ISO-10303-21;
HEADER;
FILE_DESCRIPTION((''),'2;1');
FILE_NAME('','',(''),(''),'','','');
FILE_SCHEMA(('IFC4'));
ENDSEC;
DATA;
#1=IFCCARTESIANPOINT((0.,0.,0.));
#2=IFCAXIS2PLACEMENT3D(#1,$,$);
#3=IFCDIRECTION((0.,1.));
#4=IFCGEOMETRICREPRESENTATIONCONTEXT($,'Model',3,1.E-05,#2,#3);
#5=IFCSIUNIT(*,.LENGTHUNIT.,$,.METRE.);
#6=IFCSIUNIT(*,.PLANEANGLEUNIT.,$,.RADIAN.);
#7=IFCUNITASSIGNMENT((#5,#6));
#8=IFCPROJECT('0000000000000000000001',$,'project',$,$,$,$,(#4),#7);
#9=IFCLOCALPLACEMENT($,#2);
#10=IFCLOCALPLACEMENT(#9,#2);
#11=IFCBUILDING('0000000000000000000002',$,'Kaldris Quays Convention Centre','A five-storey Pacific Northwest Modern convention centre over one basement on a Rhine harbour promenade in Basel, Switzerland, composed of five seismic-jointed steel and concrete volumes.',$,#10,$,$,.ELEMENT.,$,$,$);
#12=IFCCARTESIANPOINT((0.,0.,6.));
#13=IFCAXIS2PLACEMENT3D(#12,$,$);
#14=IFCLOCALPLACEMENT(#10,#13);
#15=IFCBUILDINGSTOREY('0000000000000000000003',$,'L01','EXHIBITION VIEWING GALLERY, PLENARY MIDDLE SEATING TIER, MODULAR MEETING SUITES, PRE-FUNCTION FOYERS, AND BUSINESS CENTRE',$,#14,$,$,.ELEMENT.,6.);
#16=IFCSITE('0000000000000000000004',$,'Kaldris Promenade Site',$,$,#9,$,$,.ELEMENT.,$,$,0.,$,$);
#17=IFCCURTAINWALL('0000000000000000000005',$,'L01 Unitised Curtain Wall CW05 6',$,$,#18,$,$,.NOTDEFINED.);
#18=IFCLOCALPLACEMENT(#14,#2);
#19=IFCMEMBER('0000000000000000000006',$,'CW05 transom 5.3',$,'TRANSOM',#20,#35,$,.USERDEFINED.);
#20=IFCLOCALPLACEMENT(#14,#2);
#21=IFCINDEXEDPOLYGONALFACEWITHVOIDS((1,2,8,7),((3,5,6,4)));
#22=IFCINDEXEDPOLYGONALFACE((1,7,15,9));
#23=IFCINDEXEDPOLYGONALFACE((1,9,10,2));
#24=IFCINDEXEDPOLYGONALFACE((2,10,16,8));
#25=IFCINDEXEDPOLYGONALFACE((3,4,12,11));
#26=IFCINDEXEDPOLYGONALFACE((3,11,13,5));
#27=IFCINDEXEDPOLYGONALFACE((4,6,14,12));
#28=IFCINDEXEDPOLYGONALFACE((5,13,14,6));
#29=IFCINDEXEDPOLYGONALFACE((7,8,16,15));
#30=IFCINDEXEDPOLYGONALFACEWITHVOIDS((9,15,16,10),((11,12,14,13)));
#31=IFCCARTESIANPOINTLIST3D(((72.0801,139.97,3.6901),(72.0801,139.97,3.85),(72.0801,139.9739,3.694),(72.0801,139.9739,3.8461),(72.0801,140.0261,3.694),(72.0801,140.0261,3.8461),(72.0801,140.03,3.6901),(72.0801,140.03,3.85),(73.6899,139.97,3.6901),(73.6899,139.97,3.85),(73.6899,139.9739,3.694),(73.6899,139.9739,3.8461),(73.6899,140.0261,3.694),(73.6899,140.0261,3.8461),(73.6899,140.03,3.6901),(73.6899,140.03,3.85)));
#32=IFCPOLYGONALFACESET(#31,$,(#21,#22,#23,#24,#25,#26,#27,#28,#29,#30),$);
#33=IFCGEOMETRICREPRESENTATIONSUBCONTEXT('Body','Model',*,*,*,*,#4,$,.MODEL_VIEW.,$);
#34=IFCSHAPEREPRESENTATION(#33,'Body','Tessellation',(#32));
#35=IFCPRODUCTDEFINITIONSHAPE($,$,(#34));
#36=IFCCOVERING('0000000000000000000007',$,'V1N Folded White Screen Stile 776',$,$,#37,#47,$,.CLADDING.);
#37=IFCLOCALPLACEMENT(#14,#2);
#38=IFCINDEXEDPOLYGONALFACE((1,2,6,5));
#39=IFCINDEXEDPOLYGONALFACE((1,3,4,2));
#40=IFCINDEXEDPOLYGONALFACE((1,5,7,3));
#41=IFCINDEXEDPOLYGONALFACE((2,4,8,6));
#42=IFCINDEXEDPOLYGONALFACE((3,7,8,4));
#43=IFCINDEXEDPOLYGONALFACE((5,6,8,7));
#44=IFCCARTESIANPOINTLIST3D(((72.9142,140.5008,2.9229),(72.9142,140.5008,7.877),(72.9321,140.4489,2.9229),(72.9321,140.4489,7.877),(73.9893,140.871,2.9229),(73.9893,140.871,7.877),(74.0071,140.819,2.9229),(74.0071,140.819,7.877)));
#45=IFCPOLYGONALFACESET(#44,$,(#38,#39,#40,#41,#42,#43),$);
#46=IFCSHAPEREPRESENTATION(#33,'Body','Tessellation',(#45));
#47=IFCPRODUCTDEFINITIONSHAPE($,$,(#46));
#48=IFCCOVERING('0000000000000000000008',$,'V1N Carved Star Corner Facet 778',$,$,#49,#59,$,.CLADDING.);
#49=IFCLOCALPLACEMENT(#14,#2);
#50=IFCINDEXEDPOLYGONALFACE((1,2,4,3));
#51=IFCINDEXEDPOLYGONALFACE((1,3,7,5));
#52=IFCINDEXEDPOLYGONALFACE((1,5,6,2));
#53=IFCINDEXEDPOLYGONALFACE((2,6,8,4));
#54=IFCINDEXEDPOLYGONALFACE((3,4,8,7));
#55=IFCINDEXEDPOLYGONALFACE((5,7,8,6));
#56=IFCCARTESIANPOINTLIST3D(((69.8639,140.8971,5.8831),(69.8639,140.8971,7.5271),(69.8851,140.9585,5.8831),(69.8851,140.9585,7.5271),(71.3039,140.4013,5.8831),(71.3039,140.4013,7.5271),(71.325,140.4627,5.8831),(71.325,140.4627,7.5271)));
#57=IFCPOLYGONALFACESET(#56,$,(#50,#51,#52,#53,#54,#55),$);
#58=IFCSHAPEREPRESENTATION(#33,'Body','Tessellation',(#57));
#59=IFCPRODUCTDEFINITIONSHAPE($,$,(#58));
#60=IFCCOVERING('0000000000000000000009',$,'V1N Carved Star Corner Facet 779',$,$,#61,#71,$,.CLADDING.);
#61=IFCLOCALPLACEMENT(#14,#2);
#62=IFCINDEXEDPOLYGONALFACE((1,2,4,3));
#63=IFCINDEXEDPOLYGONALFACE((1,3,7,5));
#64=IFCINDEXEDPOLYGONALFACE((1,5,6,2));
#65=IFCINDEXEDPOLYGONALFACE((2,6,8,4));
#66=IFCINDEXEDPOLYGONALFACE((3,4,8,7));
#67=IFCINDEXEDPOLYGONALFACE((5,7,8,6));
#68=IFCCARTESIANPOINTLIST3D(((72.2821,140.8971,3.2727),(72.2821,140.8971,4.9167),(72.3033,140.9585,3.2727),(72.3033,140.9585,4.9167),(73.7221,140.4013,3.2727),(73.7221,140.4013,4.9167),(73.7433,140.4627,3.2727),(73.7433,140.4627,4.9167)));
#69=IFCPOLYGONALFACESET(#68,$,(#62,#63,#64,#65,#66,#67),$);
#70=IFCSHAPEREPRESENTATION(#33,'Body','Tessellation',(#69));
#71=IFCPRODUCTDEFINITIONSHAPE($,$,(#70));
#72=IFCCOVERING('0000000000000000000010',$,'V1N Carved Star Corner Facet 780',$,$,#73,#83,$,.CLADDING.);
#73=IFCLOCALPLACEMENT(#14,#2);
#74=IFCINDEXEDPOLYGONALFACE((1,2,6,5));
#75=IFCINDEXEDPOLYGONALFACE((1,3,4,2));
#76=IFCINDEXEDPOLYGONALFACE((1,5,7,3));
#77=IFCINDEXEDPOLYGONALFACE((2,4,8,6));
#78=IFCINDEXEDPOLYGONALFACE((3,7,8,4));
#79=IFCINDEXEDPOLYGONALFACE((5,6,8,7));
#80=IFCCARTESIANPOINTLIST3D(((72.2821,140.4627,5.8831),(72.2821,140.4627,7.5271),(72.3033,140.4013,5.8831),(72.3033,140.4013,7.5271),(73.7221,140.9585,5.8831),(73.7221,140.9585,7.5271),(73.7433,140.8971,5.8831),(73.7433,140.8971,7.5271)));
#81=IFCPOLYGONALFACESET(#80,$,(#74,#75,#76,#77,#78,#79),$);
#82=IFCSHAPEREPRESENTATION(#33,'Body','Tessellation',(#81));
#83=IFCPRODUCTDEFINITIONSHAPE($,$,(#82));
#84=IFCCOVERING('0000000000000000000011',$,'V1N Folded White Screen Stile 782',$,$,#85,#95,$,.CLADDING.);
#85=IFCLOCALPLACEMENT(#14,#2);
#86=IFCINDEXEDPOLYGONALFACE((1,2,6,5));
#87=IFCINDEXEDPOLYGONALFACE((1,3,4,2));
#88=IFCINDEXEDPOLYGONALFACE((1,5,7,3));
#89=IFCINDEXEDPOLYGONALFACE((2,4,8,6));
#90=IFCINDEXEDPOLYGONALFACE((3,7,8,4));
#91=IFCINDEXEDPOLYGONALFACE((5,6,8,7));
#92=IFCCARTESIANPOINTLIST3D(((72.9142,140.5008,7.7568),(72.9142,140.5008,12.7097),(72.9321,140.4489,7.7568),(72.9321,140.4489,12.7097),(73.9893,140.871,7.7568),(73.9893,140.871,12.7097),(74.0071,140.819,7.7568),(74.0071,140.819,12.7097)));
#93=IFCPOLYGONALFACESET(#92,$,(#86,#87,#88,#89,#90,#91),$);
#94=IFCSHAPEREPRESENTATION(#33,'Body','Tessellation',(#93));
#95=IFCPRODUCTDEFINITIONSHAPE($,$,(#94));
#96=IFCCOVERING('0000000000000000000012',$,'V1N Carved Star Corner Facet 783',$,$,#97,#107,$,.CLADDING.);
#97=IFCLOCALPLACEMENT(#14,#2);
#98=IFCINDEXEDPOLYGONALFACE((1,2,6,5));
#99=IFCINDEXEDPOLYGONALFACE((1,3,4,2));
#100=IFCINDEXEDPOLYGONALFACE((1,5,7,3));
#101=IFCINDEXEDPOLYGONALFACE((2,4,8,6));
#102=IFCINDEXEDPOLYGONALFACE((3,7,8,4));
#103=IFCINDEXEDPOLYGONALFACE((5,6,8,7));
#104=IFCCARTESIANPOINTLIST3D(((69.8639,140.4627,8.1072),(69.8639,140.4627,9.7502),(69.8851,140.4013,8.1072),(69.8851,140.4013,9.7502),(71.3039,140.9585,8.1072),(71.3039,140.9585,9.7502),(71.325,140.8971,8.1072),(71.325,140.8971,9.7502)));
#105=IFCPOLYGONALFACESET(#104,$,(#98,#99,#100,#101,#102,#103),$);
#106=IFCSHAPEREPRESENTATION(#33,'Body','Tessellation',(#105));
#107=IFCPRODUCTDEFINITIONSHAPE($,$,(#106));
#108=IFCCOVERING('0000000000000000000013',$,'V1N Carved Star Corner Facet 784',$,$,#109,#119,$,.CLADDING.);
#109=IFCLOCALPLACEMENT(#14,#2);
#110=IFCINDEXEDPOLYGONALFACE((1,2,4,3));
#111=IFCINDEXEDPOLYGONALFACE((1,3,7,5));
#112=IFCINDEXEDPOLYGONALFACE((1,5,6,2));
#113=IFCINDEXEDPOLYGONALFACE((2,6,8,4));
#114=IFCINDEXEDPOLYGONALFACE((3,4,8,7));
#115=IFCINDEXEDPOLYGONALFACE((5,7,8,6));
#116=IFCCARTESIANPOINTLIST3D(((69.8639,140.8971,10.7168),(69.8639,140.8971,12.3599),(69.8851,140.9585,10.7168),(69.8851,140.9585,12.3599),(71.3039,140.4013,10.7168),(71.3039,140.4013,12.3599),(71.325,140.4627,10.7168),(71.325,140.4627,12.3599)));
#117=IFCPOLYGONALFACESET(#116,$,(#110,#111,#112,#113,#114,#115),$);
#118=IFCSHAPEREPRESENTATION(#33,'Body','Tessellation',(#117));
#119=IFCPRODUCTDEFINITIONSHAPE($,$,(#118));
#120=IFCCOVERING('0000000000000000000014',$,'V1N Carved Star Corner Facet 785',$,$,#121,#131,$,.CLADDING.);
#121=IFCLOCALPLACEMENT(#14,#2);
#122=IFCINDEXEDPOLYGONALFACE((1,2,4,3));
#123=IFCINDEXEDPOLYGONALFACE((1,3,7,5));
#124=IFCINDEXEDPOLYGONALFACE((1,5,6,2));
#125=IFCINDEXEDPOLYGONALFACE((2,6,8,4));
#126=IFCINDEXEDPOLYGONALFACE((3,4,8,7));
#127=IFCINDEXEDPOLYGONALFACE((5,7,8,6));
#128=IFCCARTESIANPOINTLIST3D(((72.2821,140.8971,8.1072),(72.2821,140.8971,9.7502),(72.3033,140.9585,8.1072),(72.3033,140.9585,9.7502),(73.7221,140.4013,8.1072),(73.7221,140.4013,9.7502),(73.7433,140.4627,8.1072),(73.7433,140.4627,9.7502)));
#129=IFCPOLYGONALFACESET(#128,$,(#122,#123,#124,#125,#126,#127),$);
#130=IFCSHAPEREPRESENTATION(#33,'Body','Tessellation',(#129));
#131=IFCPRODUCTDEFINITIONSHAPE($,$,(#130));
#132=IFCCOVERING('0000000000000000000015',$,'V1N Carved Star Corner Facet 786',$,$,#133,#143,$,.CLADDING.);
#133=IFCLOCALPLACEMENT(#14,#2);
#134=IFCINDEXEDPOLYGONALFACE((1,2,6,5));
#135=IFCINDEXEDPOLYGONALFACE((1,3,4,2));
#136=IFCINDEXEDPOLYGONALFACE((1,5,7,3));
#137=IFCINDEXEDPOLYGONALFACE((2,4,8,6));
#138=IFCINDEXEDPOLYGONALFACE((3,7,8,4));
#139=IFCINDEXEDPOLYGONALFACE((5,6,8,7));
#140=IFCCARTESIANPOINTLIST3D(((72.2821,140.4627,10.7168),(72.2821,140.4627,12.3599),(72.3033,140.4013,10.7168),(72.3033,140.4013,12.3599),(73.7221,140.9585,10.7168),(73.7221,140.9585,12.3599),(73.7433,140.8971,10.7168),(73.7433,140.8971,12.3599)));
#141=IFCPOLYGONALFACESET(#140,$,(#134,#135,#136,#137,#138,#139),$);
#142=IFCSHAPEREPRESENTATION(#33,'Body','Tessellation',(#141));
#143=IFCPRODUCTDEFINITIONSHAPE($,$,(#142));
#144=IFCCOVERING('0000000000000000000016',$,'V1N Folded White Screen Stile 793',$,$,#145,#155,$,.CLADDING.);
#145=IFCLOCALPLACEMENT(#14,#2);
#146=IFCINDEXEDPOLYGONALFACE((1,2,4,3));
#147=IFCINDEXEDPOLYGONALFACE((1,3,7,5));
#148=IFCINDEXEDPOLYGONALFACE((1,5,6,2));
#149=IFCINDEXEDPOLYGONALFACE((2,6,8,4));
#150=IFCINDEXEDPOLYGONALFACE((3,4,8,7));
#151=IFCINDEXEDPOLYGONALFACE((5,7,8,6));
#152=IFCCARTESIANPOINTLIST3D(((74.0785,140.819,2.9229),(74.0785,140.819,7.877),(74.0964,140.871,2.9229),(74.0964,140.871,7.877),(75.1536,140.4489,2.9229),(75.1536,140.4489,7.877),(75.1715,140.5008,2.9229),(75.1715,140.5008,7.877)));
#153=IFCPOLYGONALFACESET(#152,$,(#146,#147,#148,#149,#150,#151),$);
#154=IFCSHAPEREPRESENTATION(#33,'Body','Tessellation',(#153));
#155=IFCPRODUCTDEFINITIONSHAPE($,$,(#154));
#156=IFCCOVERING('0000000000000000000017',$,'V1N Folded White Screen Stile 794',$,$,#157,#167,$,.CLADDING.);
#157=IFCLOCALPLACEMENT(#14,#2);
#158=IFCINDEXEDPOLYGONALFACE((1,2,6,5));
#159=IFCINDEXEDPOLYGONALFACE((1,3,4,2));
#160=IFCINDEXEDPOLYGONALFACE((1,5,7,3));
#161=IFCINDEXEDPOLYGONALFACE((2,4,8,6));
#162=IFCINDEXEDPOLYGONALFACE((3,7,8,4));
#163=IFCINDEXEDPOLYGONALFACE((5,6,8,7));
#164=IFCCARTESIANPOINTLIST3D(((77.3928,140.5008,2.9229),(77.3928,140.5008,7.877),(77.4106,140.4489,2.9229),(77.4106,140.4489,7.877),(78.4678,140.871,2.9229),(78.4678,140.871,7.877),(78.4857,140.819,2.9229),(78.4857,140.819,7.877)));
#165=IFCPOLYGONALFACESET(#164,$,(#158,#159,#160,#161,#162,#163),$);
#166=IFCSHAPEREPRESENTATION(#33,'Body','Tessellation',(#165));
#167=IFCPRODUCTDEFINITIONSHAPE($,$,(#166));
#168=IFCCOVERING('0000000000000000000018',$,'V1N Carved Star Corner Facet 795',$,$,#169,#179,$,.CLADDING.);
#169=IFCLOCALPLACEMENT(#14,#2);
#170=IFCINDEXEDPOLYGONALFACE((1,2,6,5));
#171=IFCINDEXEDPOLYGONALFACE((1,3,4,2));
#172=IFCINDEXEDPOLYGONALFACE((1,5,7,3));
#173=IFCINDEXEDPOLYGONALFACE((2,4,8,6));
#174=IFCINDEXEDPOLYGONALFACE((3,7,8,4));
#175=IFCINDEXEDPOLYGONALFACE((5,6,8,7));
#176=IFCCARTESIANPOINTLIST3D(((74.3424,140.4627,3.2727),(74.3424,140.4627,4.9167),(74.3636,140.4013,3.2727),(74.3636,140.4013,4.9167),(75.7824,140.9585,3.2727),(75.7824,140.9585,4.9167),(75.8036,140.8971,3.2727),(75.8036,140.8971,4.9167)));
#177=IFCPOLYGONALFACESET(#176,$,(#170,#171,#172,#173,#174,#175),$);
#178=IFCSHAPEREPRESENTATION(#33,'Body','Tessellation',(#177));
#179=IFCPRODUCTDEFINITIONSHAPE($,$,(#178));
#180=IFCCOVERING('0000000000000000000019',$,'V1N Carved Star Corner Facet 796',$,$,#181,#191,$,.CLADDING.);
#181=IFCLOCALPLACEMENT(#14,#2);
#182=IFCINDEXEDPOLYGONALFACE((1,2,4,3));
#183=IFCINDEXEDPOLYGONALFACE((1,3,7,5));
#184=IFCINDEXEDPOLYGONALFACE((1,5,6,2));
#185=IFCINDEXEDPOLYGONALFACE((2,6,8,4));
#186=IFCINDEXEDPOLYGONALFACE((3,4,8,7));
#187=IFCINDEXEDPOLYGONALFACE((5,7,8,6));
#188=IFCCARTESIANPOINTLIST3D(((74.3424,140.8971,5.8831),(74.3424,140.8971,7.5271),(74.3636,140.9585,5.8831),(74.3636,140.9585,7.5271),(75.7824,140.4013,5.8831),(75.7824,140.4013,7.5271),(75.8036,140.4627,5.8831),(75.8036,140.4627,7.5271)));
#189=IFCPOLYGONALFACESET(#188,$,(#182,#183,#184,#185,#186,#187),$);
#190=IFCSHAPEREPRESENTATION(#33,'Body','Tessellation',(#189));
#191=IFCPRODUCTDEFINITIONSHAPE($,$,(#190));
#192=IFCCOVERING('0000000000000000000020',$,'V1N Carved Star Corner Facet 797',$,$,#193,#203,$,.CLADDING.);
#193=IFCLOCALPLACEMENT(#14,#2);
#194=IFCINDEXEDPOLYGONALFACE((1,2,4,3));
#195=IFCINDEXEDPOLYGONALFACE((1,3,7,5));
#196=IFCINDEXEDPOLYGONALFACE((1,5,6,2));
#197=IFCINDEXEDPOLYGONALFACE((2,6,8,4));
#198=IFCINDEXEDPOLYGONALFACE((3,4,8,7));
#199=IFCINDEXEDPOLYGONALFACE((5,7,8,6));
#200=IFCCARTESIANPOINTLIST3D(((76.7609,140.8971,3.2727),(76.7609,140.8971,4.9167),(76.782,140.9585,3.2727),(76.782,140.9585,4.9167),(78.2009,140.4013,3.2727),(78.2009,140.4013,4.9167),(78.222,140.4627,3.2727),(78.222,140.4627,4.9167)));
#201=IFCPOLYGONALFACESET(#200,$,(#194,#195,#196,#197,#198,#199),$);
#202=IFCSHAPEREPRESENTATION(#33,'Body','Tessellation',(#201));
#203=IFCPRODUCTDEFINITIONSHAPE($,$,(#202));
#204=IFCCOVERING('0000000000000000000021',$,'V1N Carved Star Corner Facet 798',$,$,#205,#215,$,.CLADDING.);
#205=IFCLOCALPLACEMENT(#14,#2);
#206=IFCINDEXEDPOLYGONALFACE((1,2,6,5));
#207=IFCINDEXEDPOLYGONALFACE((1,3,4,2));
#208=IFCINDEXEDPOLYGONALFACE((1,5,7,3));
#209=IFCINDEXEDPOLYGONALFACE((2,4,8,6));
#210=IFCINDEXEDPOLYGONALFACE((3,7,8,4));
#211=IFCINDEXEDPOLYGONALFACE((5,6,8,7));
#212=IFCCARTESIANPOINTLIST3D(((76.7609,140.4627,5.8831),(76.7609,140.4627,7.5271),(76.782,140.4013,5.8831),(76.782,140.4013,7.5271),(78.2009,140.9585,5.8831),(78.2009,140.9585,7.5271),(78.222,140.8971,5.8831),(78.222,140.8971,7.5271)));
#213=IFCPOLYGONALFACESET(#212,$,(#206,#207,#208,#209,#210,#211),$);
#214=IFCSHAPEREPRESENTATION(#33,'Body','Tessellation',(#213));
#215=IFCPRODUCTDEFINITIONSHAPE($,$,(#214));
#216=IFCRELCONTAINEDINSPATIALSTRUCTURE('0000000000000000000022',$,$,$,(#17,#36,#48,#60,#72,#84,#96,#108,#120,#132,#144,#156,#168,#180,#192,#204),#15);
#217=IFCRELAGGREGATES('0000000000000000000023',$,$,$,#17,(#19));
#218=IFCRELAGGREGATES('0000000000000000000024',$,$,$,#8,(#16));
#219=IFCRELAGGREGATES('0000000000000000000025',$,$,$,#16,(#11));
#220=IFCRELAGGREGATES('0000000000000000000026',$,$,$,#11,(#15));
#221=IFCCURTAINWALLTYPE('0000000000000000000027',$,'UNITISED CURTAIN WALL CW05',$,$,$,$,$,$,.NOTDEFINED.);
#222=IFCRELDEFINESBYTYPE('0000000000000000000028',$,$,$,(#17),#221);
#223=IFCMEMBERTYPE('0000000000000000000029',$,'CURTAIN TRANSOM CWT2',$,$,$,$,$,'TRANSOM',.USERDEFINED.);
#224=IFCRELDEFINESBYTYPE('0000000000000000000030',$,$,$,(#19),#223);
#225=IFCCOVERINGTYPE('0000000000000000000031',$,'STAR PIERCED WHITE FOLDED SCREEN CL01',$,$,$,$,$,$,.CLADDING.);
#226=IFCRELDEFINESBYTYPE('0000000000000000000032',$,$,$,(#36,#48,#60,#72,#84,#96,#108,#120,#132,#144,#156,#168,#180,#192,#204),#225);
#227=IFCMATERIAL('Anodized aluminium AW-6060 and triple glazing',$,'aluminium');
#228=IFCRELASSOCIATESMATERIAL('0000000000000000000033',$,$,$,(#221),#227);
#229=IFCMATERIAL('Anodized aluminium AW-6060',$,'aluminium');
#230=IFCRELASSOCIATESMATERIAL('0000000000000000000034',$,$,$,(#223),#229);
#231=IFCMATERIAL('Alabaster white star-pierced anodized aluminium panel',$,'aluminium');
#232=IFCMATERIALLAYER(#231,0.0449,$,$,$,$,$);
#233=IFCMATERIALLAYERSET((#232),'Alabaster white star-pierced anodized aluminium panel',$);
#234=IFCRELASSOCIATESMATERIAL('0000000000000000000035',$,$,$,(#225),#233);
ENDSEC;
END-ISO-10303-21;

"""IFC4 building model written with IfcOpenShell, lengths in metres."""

from ifc_helpers import new_model, si_unit, direction, frame, origin, origin_2d, place, context, subcontext, project, spatial, rectangle, hollow_rectangle, extrude, material, layer, layer_set, material_profile, profile_set, type_object, element, aggregate, save


model = new_model("IFC4")

# Units and contexts
model_context = context("Model", 3, precision=1e-05, world=origin(), true_north=direction((0.0, 1.0)))
body_context = subcontext(model_context, "Body", "Model", "MODEL_VIEW")
ifc_project = project(units=[si_unit("LENGTHUNIT", "METRE"), si_unit("PLANEANGLEUNIT", "RADIAN")], contexts=[model_context])

# Site, building, storey
site_placement = place(None, origin())
site = spatial("IfcSite", under=ifc_project, at=site_placement, Name="Kaldris Promenade Site", CompositionType="ELEMENT", RefElevation=0.0)
building_placement = place(site_placement, origin())
building = spatial("IfcBuilding", under=site, at=building_placement, Name="Kaldris Quays Convention Centre", Description="A five-storey Pacific Northwest Modern convention centre over one basement on a Rhine harbour promenade in Basel, Switzerland, composed of five seismic-jointed steel and concrete volumes.", CompositionType="ELEMENT")
storey_placement = place(building_placement, frame((0.0, 0.0, 6.0)))
storey = spatial("IfcBuildingStorey", under=building, at=storey_placement, Name="L01", Description="EXHIBITION VIEWING GALLERY, PLENARY MIDDLE SEATING TIER, MODULAR MEETING SUITES, PRE-FUNCTION FOYERS, AND BUSINESS CENTRE", CompositionType="ELEMENT", Elevation=6.0)

# Curtain wall, member
ifc_material_1 = material(Name="Anodized aluminium AW-6060 and triple glazing", Category="aluminium")
curtain_wall_type = type_object("IfcCurtainWallType", Name="UNITISED CURTAIN WALL CW05", PredefinedType="NOTDEFINED", material=ifc_material_1)
curtain_wall_placement = place(storey_placement, origin())
curtain_wall = element("IfcCurtainWall", 1, at=curtain_wall_placement, inside=storey, type_object=curtain_wall_type, Name="L01 Unitised Curtain Wall CW05 6", PredefinedType="NOTDEFINED")
ifc_material_2 = material(Name="Anodized aluminium AW-6060", Category="aluminium")
ifc_material_profile = material_profile(ifc_material_2, hollow_rectangle(XDim=0.0601, YDim=0.1599, WallThickness=0.0039, at=origin_2d()), Name="RHS 160x60x4")
ifc_profile_set = profile_set([ifc_material_profile], Name="Anodized aluminium AW-6060")
member_type = type_object("IfcMemberType", Name="CURTAIN TRANSOM CWT2", ElementType="TRANSOM", PredefinedType="USERDEFINED", material=ifc_profile_set)
member_placement = place(storey_placement, frame((72.0801, 140.0, 3.77), z_axis=(1.0, 0.0, 0.0), x_axis=(0.0, 1.0, 0.0)))
member = element("IfcMember", 2, at=member_placement, type_object=member_type, Name="CW05 transom 5.3", ObjectType="TRANSOM", PredefinedType="USERDEFINED", context=body_context, shape_type="SweptSolid", body=[
    extrude(hollow_rectangle(XDim=0.0601, YDim=0.1599, WallThickness=0.0039, at=origin_2d()), origin(), (0.0, 0.0, 1.0), 1.6099),
])
aggregate(curtain_wall, [member])

# Coverings
ifc_material_3 = material(Name="Alabaster white star-pierced anodized aluminium panel", Category="aluminium")
ifc_layer = layer(ifc_material_3, 0.0449)
ifc_layer_set = layer_set([ifc_layer], Name="Alabaster white star-pierced anodized aluminium panel")
covering_type = type_object("IfcCoveringType", Name="STAR PIERCED WHITE FOLDED SCREEN CL01", PredefinedType="CLADDING", material=ifc_layer_set)
covering_1_placement = place(storey_placement, frame((73.4607, 140.6599, 2.9229), z_axis=(0.0, 0.0, 1.0), x_axis=(0.945519, 0.325568, 0.0)))
element("IfcCovering", 3, at=covering_1_placement, inside=storey, type_object=covering_type, Name="V1N Folded White Screen Stile 776", PredefinedType="CLADDING", context=body_context, shape_type="SweptSolid", body=[
    extrude(rectangle(XDim=1.137, YDim=0.0549, at=origin_2d()), origin(), (0.0, 0.0, 1.0), 4.9541),
])
for number, where, z_axis, x_axis, name in (
    (4, (70.5945, 140.6799, 5.8831), (0.0, 0.0, 1.0), (0.945519, -0.325568, 0.0), "V1N Carved Star Corner Facet 778"),
    (5, (73.0127, 140.6799, 3.2727), (0.0, 0.0, 1.0), (0.945519, -0.325568, 0.0), "V1N Carved Star Corner Facet 779"),
    (6, (73.0127, 140.6799, 5.8831), (0.0, 0.0, 1.0), (0.945519, 0.325568, 0.0), "V1N Carved Star Corner Facet 780"),
):
    element("IfcCovering", number, at=place(storey_placement, frame(where, z_axis=z_axis, x_axis=x_axis)), inside=storey, type_object=covering_type, Name=name, PredefinedType="CLADDING", context=body_context, shape_type="SweptSolid", body=[
        extrude(rectangle(XDim=1.5229, YDim=0.0649, at=origin_2d()), origin(), (0.0, 0.0, 1.0), 1.644),
    ])
covering_2_placement = place(storey_placement, frame((73.4607, 140.6599, 7.7568), z_axis=(0.0, 0.0, 1.0), x_axis=(0.945519, 0.325568, 0.0)))
element("IfcCovering", 7, at=covering_2_placement, inside=storey, type_object=covering_type, Name="V1N Folded White Screen Stile 782", PredefinedType="CLADDING", context=body_context, shape_type="SweptSolid", body=[
    extrude(rectangle(XDim=1.137, YDim=0.0549, at=origin_2d()), origin(), (0.0, 0.0, 1.0), 4.9529),
])
for number, where, z_axis, x_axis, name in (
    (8, (70.5945, 140.6799, 8.1072), (0.0, 0.0, 1.0), (0.945519, 0.325568, 0.0), "V1N Carved Star Corner Facet 783"),
    (9, (70.5945, 140.6799, 10.7168), (0.0, 0.0, 1.0), (0.945519, -0.325568, 0.0), "V1N Carved Star Corner Facet 784"),
    (10, (73.0127, 140.6799, 8.1072), (0.0, 0.0, 1.0), (0.945519, -0.325568, 0.0), "V1N Carved Star Corner Facet 785"),
    (11, (73.0127, 140.6799, 10.7168), (0.0, 0.0, 1.0), (0.945519, 0.325568, 0.0), "V1N Carved Star Corner Facet 786"),
):
    element("IfcCovering", number, at=place(storey_placement, frame(where, z_axis=z_axis, x_axis=x_axis)), inside=storey, type_object=covering_type, Name=name, PredefinedType="CLADDING", context=body_context, shape_type="SweptSolid", body=[
        extrude(rectangle(XDim=1.5229, YDim=0.0649, at=origin_2d()), origin(), (0.0, 0.0, 1.0), 1.6431),
    ])
for number, where, z_axis, x_axis, name in (
    (12, (74.625, 140.6599, 2.9229), (0.0, 0.0, 1.0), (0.945519, -0.325568, 0.0), "V1N Folded White Screen Stile 793"),
    (13, (77.9392, 140.6599, 2.9229), (0.0, 0.0, 1.0), (0.945519, 0.325568, 0.0), "V1N Folded White Screen Stile 794"),
):
    element("IfcCovering", number, at=place(storey_placement, frame(where, z_axis=z_axis, x_axis=x_axis)), inside=storey, type_object=covering_type, Name=name, PredefinedType="CLADDING", context=body_context, shape_type="SweptSolid", body=[
        extrude(rectangle(XDim=1.137, YDim=0.0549, at=origin_2d()), origin(), (0.0, 0.0, 1.0), 4.9541),
    ])
for number, where, z_axis, x_axis, name in (
    (14, (75.073, 140.6799, 3.2727), (0.0, 0.0, 1.0), (0.945519, 0.325568, 0.0), "V1N Carved Star Corner Facet 795"),
    (15, (75.073, 140.6799, 5.8831), (0.0, 0.0, 1.0), (0.945519, -0.325568, 0.0), "V1N Carved Star Corner Facet 796"),
    (16, (77.4915, 140.6799, 3.2727), (0.0, 0.0, 1.0), (0.945519, -0.325568, 0.0), "V1N Carved Star Corner Facet 797"),
    (17, (77.4915, 140.6799, 5.8831), (0.0, 0.0, 1.0), (0.945519, 0.325568, 0.0), "V1N Carved Star Corner Facet 798"),
):
    element("IfcCovering", number, at=place(storey_placement, frame(where, z_axis=z_axis, x_axis=x_axis)), inside=storey, type_object=covering_type, Name=name, PredefinedType="CLADDING", context=body_context, shape_type="SweptSolid", body=[
        extrude(rectangle(XDim=1.5229, YDim=0.0649, at=origin_2d()), origin(), (0.0, 0.0, 1.0), 1.644),
    ])

save(model, "model.ifc")
